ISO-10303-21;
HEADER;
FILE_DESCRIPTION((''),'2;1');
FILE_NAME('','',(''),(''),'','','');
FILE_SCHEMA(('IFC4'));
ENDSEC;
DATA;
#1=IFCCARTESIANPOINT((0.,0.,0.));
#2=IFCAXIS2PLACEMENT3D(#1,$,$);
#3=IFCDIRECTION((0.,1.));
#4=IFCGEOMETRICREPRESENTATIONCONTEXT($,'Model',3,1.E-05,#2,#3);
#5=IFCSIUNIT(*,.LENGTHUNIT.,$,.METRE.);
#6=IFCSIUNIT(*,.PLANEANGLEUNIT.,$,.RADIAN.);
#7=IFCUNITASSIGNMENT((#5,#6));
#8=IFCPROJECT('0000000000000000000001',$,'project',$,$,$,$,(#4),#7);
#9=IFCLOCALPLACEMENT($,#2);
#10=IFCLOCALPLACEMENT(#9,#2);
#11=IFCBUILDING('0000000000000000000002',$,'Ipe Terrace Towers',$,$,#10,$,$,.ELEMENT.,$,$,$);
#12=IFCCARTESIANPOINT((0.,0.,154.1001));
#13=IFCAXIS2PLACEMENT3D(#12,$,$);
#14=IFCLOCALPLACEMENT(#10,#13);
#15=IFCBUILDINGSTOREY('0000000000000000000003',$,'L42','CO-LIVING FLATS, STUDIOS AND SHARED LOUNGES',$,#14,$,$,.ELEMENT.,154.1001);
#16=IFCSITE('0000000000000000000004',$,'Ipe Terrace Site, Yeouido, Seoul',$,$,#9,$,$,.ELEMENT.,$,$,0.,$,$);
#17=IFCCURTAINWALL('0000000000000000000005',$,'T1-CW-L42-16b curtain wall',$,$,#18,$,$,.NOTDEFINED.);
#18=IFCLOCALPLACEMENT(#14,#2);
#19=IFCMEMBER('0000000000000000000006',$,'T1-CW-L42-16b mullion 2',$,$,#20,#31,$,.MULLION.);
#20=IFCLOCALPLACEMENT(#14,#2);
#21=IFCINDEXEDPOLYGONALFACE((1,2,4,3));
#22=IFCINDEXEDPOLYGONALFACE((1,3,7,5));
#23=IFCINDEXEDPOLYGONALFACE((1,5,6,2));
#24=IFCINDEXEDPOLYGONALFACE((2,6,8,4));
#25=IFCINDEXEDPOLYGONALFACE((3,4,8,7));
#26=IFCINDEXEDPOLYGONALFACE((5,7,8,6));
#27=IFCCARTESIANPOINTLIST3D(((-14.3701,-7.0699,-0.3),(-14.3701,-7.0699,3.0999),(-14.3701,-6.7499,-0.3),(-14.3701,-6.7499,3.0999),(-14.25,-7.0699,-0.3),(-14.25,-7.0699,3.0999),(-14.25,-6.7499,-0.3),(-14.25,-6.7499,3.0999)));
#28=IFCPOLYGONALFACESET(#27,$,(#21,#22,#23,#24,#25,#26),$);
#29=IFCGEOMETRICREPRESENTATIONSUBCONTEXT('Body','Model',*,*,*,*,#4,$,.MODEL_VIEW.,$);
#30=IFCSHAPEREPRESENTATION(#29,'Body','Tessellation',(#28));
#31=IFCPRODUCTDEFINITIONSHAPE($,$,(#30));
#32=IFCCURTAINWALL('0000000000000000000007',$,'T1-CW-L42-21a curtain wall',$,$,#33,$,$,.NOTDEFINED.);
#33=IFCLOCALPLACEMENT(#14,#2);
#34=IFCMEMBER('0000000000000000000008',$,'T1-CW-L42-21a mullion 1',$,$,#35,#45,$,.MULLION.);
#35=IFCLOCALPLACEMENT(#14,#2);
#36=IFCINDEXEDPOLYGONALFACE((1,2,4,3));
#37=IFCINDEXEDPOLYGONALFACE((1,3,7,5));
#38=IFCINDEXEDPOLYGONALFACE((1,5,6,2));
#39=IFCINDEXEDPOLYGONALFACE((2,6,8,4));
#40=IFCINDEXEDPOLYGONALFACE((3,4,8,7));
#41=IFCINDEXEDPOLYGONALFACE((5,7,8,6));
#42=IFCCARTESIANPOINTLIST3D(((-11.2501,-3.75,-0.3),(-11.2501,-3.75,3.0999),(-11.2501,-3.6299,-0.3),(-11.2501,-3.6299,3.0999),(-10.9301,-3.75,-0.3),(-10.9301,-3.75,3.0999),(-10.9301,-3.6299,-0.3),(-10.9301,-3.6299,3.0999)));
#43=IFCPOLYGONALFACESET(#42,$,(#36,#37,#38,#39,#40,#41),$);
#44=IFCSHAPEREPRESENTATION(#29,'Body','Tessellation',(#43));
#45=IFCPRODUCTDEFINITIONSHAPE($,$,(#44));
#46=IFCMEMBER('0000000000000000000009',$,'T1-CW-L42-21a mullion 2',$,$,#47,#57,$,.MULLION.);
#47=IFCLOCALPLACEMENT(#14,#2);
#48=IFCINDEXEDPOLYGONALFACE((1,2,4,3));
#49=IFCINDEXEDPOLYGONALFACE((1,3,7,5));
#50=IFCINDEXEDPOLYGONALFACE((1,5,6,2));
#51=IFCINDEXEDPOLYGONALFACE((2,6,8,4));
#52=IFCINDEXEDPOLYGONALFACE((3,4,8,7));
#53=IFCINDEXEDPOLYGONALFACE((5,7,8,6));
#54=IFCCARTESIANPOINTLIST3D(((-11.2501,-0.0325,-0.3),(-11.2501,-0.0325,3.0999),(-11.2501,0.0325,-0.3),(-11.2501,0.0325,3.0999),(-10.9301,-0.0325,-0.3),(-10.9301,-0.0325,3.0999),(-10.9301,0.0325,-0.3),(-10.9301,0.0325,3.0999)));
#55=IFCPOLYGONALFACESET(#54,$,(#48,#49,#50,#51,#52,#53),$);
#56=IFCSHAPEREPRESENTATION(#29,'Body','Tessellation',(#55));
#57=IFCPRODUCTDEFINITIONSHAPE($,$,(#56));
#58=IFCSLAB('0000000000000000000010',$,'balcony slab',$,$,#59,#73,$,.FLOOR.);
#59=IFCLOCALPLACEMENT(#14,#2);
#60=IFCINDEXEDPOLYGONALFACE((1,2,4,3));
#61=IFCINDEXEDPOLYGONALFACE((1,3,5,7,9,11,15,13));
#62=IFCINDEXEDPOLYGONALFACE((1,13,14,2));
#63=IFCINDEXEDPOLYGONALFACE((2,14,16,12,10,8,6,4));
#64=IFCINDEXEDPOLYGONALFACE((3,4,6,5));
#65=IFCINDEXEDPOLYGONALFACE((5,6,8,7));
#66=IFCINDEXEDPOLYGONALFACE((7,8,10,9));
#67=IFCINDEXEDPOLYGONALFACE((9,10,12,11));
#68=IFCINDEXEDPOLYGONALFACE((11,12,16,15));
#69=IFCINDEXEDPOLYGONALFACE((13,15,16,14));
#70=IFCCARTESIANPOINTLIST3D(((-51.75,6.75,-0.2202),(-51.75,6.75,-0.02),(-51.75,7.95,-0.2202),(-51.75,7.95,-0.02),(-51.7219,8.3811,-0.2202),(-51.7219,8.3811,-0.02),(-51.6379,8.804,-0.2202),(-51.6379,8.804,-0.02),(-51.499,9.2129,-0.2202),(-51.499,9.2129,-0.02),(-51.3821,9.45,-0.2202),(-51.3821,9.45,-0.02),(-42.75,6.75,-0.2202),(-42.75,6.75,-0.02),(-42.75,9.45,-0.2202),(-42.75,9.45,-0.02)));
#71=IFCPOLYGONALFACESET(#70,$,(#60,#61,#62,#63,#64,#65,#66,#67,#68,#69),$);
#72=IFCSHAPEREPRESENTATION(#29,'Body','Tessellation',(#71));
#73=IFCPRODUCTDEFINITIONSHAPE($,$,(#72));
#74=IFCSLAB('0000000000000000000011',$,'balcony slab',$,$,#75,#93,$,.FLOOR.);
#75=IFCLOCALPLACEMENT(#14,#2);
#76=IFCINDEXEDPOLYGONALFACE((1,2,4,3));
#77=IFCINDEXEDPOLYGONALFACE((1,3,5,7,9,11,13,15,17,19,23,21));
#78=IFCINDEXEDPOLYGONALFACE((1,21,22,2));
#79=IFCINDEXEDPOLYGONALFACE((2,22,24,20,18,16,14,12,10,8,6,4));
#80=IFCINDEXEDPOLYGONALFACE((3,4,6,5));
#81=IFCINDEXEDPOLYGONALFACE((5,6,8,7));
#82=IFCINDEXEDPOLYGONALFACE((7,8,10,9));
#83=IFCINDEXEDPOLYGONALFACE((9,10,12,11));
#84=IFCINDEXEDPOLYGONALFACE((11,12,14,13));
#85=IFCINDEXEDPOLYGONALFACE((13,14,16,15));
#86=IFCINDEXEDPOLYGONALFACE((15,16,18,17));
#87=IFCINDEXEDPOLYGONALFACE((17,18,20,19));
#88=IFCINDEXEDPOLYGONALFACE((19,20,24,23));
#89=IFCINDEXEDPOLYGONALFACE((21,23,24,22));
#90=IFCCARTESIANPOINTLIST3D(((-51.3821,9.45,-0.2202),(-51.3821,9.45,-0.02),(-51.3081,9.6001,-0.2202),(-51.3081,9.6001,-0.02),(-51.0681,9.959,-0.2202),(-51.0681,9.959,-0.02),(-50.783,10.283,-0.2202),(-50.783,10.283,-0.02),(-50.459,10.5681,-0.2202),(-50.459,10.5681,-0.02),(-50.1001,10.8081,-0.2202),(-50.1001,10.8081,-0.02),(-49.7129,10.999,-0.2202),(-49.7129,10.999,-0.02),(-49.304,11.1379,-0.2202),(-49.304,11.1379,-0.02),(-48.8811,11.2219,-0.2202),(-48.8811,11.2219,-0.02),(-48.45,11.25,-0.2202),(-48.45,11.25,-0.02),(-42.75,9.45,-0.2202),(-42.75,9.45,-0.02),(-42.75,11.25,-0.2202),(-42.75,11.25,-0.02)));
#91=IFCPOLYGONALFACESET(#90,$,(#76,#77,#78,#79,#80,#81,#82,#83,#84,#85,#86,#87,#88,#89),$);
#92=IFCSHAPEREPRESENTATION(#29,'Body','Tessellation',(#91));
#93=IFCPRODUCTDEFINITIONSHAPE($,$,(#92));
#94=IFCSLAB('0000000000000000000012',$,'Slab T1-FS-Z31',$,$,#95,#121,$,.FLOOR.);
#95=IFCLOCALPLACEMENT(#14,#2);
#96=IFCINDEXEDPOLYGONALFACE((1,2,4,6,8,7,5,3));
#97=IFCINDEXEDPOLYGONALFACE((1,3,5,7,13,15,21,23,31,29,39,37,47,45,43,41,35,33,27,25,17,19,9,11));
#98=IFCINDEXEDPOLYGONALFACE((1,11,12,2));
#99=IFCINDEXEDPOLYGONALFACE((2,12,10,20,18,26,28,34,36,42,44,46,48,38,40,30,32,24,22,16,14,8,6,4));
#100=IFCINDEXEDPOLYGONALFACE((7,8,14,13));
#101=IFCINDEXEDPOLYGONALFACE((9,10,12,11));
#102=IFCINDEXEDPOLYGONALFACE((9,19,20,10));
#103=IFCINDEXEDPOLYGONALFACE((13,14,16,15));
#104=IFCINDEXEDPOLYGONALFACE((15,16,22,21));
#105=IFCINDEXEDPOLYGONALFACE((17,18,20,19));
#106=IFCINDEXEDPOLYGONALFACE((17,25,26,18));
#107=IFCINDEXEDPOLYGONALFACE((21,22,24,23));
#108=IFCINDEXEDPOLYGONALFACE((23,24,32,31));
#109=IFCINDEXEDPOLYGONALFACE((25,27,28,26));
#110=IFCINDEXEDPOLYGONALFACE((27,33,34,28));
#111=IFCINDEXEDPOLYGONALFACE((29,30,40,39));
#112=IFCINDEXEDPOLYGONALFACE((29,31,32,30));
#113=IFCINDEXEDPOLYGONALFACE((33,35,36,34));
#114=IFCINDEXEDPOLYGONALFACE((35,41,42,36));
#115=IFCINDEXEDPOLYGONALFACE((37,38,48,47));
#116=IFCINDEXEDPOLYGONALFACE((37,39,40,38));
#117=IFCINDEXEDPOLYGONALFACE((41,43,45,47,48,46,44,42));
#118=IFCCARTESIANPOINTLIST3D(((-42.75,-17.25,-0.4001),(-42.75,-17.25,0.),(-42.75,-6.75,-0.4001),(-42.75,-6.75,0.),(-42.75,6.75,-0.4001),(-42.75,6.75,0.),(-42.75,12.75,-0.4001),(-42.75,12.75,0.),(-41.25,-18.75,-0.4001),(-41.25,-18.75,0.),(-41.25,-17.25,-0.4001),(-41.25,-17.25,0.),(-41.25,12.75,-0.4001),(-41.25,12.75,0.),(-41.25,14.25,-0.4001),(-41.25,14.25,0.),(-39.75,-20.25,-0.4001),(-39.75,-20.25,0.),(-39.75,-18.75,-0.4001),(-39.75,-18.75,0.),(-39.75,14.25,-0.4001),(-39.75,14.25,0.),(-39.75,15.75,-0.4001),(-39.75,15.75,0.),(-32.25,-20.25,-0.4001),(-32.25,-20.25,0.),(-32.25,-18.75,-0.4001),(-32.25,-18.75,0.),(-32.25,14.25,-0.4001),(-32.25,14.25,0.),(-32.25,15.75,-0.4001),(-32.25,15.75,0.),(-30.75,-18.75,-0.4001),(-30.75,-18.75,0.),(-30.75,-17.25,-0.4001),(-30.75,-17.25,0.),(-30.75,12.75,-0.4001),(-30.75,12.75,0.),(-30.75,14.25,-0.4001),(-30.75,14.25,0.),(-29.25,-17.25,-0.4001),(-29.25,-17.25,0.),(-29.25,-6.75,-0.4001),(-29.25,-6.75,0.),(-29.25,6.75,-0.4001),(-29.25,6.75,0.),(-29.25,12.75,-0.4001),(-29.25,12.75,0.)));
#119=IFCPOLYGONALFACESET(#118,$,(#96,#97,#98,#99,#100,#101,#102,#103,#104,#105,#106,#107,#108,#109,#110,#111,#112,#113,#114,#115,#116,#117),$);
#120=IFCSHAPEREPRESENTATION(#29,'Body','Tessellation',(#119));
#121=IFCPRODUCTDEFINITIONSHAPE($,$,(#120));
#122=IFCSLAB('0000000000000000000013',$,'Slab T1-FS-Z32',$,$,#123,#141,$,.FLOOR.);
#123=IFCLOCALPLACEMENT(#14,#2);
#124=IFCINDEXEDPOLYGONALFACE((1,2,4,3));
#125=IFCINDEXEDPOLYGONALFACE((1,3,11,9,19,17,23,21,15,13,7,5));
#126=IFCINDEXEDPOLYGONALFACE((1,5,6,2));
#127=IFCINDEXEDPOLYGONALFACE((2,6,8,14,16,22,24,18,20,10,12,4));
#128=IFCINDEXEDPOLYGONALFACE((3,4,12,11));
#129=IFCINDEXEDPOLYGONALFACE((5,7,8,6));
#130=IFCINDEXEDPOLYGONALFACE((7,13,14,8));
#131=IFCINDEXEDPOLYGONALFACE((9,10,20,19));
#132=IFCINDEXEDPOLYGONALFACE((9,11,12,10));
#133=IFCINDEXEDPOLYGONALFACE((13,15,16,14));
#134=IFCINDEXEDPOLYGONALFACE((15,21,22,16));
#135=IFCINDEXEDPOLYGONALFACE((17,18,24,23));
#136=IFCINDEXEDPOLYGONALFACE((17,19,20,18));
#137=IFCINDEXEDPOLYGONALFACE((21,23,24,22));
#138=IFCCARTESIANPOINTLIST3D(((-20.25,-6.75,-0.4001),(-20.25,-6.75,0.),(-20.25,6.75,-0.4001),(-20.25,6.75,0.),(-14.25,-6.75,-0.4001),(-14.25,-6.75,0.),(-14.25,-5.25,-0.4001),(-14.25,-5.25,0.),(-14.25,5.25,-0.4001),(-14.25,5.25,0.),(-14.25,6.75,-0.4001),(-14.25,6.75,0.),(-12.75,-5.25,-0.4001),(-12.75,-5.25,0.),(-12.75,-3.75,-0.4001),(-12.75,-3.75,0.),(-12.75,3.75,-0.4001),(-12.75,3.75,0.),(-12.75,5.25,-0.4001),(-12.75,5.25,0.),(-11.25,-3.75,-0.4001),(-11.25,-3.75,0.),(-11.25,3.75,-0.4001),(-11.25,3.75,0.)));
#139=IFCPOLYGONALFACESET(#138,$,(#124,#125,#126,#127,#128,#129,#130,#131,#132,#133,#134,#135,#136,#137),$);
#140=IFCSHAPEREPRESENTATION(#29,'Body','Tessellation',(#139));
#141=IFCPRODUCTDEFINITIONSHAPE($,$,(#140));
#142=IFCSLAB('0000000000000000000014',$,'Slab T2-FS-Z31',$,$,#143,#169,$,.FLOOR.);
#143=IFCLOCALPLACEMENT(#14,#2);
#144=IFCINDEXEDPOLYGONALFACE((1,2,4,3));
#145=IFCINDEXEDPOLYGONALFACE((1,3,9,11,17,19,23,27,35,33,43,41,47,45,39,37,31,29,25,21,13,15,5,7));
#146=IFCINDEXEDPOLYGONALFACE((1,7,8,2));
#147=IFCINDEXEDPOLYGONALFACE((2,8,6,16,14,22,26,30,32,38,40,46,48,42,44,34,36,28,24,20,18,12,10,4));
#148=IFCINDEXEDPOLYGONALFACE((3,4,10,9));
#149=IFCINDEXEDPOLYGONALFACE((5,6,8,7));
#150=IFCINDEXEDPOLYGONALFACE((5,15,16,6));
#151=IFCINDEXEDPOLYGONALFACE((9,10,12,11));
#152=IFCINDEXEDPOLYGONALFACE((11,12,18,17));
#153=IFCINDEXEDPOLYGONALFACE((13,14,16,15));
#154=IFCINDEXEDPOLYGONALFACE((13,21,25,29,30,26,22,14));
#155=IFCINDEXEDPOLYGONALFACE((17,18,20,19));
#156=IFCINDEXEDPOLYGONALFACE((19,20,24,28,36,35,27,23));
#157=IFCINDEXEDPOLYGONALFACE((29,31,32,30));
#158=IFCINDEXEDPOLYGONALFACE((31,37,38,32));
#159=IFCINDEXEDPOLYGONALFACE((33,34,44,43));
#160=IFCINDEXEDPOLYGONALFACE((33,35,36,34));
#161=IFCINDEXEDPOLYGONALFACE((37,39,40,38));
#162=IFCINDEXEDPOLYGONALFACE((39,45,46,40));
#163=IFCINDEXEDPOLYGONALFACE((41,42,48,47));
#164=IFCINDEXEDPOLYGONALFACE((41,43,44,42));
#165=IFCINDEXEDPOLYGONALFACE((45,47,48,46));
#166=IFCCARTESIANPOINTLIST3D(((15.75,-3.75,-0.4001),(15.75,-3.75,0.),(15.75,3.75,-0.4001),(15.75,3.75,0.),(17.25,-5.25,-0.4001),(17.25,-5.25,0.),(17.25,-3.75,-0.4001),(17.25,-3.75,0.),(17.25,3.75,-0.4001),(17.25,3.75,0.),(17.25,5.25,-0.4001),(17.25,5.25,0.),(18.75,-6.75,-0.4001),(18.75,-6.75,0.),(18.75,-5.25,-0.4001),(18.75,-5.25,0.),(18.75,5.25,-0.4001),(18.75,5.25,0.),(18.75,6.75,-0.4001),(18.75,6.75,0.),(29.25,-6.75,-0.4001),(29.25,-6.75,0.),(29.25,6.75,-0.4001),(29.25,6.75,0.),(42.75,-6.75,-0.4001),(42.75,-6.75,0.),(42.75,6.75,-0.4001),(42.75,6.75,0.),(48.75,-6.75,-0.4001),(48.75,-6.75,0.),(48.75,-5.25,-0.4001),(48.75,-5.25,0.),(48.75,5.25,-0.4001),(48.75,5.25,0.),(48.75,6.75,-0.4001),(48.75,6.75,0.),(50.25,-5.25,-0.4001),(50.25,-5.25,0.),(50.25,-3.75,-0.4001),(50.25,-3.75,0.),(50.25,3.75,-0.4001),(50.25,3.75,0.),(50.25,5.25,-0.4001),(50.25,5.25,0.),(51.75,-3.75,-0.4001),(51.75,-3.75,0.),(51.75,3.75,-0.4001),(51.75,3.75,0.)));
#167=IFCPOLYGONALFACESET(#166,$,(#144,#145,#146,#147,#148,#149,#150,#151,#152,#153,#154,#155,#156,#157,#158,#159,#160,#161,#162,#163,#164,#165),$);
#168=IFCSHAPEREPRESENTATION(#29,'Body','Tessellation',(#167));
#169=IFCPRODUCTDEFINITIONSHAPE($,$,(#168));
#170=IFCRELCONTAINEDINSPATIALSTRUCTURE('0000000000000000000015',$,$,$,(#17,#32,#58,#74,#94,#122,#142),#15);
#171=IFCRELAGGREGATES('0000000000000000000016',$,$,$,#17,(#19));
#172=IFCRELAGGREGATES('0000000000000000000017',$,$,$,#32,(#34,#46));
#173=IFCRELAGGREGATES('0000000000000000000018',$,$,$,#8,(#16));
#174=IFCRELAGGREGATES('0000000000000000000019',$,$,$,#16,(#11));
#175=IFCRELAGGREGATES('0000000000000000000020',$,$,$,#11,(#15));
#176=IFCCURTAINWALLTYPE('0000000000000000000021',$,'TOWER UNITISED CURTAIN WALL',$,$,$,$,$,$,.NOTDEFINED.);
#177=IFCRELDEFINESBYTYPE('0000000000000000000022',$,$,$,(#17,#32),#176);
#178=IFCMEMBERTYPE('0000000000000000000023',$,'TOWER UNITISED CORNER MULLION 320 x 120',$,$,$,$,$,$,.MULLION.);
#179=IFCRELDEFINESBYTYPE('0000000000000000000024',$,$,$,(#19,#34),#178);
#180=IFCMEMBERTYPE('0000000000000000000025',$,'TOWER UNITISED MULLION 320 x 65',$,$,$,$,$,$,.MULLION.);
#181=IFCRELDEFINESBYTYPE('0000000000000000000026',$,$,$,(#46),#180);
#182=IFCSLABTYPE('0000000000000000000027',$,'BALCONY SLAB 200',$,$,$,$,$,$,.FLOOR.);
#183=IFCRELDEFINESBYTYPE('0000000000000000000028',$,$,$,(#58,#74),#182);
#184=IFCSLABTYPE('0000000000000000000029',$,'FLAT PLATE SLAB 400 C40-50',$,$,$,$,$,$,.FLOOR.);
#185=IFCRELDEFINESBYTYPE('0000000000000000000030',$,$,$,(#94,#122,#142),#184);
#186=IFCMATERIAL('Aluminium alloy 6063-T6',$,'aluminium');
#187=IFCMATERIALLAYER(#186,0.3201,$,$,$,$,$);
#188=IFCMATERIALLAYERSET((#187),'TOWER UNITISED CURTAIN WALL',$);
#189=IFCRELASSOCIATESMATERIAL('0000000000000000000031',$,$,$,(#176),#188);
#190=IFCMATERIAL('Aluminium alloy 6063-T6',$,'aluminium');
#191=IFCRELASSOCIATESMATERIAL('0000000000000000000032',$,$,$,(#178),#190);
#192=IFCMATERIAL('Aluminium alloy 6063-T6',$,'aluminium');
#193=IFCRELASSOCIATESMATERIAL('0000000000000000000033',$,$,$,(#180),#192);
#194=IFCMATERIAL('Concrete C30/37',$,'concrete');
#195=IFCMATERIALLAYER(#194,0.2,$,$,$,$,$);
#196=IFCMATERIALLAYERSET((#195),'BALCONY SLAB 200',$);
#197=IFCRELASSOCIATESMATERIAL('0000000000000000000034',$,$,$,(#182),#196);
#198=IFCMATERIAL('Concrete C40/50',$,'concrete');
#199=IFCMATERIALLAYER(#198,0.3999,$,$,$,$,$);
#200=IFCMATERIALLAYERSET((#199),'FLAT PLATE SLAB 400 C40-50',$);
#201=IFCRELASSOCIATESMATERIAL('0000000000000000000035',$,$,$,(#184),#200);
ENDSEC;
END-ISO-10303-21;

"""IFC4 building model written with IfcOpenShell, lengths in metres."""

from ifc_helpers import new_model, si_unit, direction, frame, origin, origin_2d, place, context, subcontext, project, spatial, polyline, rectangle, outline, extrude, material, layer, layer_set, material_profile, profile_set, type_object, element, aggregate, save


model = new_model("IFC4")

# Units and contexts
model_context = context("Model", 3, precision=1e-05, world=origin(), true_north=direction((0.0, 1.0)))
body_context = subcontext(model_context, "Body", "Model", "MODEL_VIEW")
ifc_project = project(units=[si_unit("LENGTHUNIT", "METRE"), si_unit("PLANEANGLEUNIT", "RADIAN")], contexts=[model_context])

# Site, building, storey
site_placement = place(None, origin())
site = spatial("IfcSite", under=ifc_project, at=site_placement, Name="Ipe Terrace Site, Yeouido, Seoul", CompositionType="ELEMENT", RefElevation=0.0)
building_placement = place(site_placement, origin())
building = spatial("IfcBuilding", under=site, at=building_placement, Name="Ipe Terrace Towers", CompositionType="ELEMENT")
storey_placement = place(building_placement, frame((0.0, 0.0, 154.1001)))
storey = spatial("IfcBuildingStorey", under=building, at=storey_placement, Name="L42", Description="CO-LIVING FLATS, STUDIOS AND SHARED LOUNGES", CompositionType="ELEMENT", Elevation=154.1001)

# Curtain walls, members
ifc_material_1 = material(Name="Aluminium alloy 6063-T6", Category="aluminium")
ifc_layer_1 = layer(ifc_material_1, 0.3201)
ifc_layer_set_1 = layer_set([ifc_layer_1], Name="TOWER UNITISED CURTAIN WALL")
curtain_wall_type = type_object("IfcCurtainWallType", Name="TOWER UNITISED CURTAIN WALL", PredefinedType="NOTDEFINED", material=ifc_layer_set_1)
curtain_wall_1_placement = place(storey_placement, origin())
curtain_wall_1 = element("IfcCurtainWall", 1, at=curtain_wall_1_placement, inside=storey, type_object=curtain_wall_type, Name="T1-CW-L42-16b curtain wall", PredefinedType="NOTDEFINED")
ifc_material_2 = material(Name="Aluminium alloy 6063-T6", Category="aluminium")
ifc_material_profile_1 = material_profile(ifc_material_2, rectangle(XDim=0.3201, YDim=0.1201, at=origin_2d()), Name="TOWER UNITISED CORNER MULLION 320 x 120")
ifc_profile_set_1 = profile_set([ifc_material_profile_1], Name="Aluminium alloy 6063-T6")
member_type_1 = type_object("IfcMemberType", Name="TOWER UNITISED CORNER MULLION 320 x 120", PredefinedType="MULLION", material=ifc_profile_set_1)
member_1_placement = place(storey_placement, frame((-14.3101, -6.9099, -0.3), z_axis=(0.0, 0.0, 1.0), x_axis=(0.0, -1.0, 0.0)))
member_1 = element("IfcMember", 2, at=member_1_placement, type_object=member_type_1, Name="T1-CW-L42-16b mullion 2", PredefinedType="MULLION", context=body_context, shape_type="SweptSolid", body=[
    extrude(rectangle(XDim=0.3201, YDim=0.1201, at=origin_2d()), origin(), (0.0, 0.0, 1.0), 3.3999),
])
curtain_wall_2_placement = place(storey_placement, origin())
curtain_wall_2 = element("IfcCurtainWall", 3, at=curtain_wall_2_placement, inside=storey, type_object=curtain_wall_type, Name="T1-CW-L42-21a curtain wall", PredefinedType="NOTDEFINED")
member_2_placement = place(storey_placement, frame((-11.0901, -3.6899, -0.3), z_axis=(0.0, 0.0, 1.0), x_axis=(1.0, 0.0, 0.0)))
member_2 = element("IfcMember", 4, at=member_2_placement, type_object=member_type_1, Name="T1-CW-L42-21a mullion 1", PredefinedType="MULLION", context=body_context, shape_type="SweptSolid", body=[
    extrude(rectangle(XDim=0.3201, YDim=0.1201, at=origin_2d()), origin(), (0.0, 0.0, 1.0), 3.3999),
])
ifc_material_3 = material(Name="Aluminium alloy 6063-T6", Category="aluminium")
ifc_material_profile_2 = material_profile(ifc_material_3, rectangle(XDim=0.3201, YDim=0.0649, at=origin_2d()), Name="TOWER UNITISED MULLION 320 x 65")
ifc_profile_set_2 = profile_set([ifc_material_profile_2], Name="Aluminium alloy 6063-T6")
member_type_2 = type_object("IfcMemberType", Name="TOWER UNITISED MULLION 320 x 65", PredefinedType="MULLION", material=ifc_profile_set_2)
member_3_placement = place(storey_placement, frame((-11.0901, 0.0, -0.3), z_axis=(0.0, 0.0, 1.0), x_axis=(1.0, 0.0, 0.0)))
member_3 = element("IfcMember", 5, at=member_3_placement, type_object=member_type_2, Name="T1-CW-L42-21a mullion 2", PredefinedType="MULLION", context=body_context, shape_type="SweptSolid", body=[
    extrude(rectangle(XDim=0.3201, YDim=0.0649, at=origin_2d()), origin(), (0.0, 0.0, 1.0), 3.3999),
])

# Slabs
ifc_material_4 = material(Name="Concrete C30/37", Category="concrete")
ifc_layer_2 = layer(ifc_material_4, 0.2)
ifc_layer_set_2 = layer_set([ifc_layer_2], Name="BALCONY SLAB 200")
slab_type_1 = type_object("IfcSlabType", Name="BALCONY SLAB 200", PredefinedType="FLOOR", material=ifc_layer_set_2)
slab_1_placement = place(storey_placement, frame((0.0, 0.0, -0.2202)))
element("IfcSlab", 6, at=slab_1_placement, inside=storey, type_object=slab_type_1, Name="balcony slab", PredefinedType="FLOOR", context=body_context, shape_type="SweptSolid", body=[
    extrude(outline(polyline([(-51.499, 9.2129), (-51.6379, 8.804), (-51.7219, 8.3811), (-51.75, 7.95), (-51.75, 6.75), (-42.75, 6.75), (-42.75, 9.45), (-51.3821, 9.45), (-51.499, 9.2129)])), origin(), (0.0, 0.0, 1.0), 0.2002),
])
slab_2_placement = place(storey_placement, frame((0.0, 0.0, -0.2202)))
element("IfcSlab", 7, at=slab_2_placement, inside=storey, type_object=slab_type_1, Name="balcony slab", PredefinedType="FLOOR", context=body_context, shape_type="SweptSolid", body=[
    extrude(outline(polyline([(-42.75, 11.25), (-48.45, 11.25), (-48.8811, 11.2219), (-49.304, 11.1379), (-49.7129, 10.999), (-50.1001, 10.8081), (-50.459, 10.5681), (-50.783, 10.283), (-51.0681, 9.959), (-51.3081, 9.6001), (-51.3821, 9.45), (-42.75, 9.45), (-42.75, 11.25)])), origin(), (0.0, 0.0, 1.0), 0.2002),
])
ifc_material_5 = material(Name="Concrete C40/50", Category="concrete")
ifc_layer_3 = layer(ifc_material_5, 0.3999)
ifc_layer_set_3 = layer_set([ifc_layer_3], Name="FLAT PLATE SLAB 400 C40-50")
slab_type_2 = type_object("IfcSlabType", Name="FLAT PLATE SLAB 400 C40-50", PredefinedType="FLOOR", material=ifc_layer_set_3)
slab_3_placement = place(storey_placement, frame((0.0, 0.0, -0.4001)))
element("IfcSlab", 8, at=slab_3_placement, inside=storey, type_object=slab_type_2, Name="Slab T1-FS-Z31", PredefinedType="FLOOR", context=body_context, shape_type="SweptSolid", body=[
    extrude(outline(polyline([(-30.75, -17.25), (-30.75, -18.75), (-32.25, -18.75), (-32.25, -20.25), (-39.75, -20.25), (-39.75, -18.75), (-41.25, -18.75), (-41.25, -17.25), (-42.75, -17.25), (-42.75, -6.75), (-42.75, 6.75), (-42.75, 12.75), (-41.25, 12.75), (-41.25, 14.25), (-39.75, 14.25), (-39.75, 15.75), (-32.25, 15.75), (-32.25, 14.25), (-30.75, 14.25), (-30.75, 12.75), (-29.25, 12.75), (-29.25, 6.75), (-29.25, -6.75), (-29.25, -17.25), (-30.75, -17.25)])), origin(), (0.0, 0.0, 1.0), 0.4001),
])
slab_4_placement = place(storey_placement, frame((0.0, 0.0, -0.4001)))
element("IfcSlab", 9, at=slab_4_placement, inside=storey, type_object=slab_type_2, Name="Slab T1-FS-Z32", PredefinedType="FLOOR", context=body_context, shape_type="SweptSolid", body=[
    extrude(outline(polyline([(-14.25, 5.25), (-12.75, 5.25), (-12.75, 3.75), (-11.25, 3.75), (-11.25, -3.75), (-12.75, -3.75), (-12.75, -5.25), (-14.25, -5.25), (-14.25, -6.75), (-20.25, -6.75), (-20.25, 6.75), (-14.25, 6.75), (-14.25, 5.25)])), origin(), (0.0, 0.0, 1.0), 0.4001),
])
slab_5_placement = place(storey_placement, frame((0.0, 0.0, -0.4001)))
element("IfcSlab", 10, at=slab_5_placement, inside=storey, type_object=slab_type_2, Name="Slab T2-FS-Z31", PredefinedType="FLOOR", context=body_context, shape_type="SweptSolid", body=[
    extrude(outline(polyline([(48.75, 5.25), (50.25, 5.25), (50.25, 3.75), (51.75, 3.75), (51.75, -3.75), (50.25, -3.75), (50.25, -5.25), (48.75, -5.25), (48.75, -6.75), (42.75, -6.75), (29.25, -6.75), (18.75, -6.75), (18.75, -5.25), (17.25, -5.25), (17.25, -3.75), (15.75, -3.75), (15.75, 3.75), (17.25, 3.75), (17.25, 5.25), (18.75, 5.25), (18.75, 6.75), (29.25, 6.75), (42.75, 6.75), (48.75, 6.75), (48.75, 5.25)])), origin(), (0.0, 0.0, 1.0), 0.4001),
])

aggregate(curtain_wall_1, [member_1])
aggregate(curtain_wall_2, [member_2, member_3])

save(model, "model.ifc")
